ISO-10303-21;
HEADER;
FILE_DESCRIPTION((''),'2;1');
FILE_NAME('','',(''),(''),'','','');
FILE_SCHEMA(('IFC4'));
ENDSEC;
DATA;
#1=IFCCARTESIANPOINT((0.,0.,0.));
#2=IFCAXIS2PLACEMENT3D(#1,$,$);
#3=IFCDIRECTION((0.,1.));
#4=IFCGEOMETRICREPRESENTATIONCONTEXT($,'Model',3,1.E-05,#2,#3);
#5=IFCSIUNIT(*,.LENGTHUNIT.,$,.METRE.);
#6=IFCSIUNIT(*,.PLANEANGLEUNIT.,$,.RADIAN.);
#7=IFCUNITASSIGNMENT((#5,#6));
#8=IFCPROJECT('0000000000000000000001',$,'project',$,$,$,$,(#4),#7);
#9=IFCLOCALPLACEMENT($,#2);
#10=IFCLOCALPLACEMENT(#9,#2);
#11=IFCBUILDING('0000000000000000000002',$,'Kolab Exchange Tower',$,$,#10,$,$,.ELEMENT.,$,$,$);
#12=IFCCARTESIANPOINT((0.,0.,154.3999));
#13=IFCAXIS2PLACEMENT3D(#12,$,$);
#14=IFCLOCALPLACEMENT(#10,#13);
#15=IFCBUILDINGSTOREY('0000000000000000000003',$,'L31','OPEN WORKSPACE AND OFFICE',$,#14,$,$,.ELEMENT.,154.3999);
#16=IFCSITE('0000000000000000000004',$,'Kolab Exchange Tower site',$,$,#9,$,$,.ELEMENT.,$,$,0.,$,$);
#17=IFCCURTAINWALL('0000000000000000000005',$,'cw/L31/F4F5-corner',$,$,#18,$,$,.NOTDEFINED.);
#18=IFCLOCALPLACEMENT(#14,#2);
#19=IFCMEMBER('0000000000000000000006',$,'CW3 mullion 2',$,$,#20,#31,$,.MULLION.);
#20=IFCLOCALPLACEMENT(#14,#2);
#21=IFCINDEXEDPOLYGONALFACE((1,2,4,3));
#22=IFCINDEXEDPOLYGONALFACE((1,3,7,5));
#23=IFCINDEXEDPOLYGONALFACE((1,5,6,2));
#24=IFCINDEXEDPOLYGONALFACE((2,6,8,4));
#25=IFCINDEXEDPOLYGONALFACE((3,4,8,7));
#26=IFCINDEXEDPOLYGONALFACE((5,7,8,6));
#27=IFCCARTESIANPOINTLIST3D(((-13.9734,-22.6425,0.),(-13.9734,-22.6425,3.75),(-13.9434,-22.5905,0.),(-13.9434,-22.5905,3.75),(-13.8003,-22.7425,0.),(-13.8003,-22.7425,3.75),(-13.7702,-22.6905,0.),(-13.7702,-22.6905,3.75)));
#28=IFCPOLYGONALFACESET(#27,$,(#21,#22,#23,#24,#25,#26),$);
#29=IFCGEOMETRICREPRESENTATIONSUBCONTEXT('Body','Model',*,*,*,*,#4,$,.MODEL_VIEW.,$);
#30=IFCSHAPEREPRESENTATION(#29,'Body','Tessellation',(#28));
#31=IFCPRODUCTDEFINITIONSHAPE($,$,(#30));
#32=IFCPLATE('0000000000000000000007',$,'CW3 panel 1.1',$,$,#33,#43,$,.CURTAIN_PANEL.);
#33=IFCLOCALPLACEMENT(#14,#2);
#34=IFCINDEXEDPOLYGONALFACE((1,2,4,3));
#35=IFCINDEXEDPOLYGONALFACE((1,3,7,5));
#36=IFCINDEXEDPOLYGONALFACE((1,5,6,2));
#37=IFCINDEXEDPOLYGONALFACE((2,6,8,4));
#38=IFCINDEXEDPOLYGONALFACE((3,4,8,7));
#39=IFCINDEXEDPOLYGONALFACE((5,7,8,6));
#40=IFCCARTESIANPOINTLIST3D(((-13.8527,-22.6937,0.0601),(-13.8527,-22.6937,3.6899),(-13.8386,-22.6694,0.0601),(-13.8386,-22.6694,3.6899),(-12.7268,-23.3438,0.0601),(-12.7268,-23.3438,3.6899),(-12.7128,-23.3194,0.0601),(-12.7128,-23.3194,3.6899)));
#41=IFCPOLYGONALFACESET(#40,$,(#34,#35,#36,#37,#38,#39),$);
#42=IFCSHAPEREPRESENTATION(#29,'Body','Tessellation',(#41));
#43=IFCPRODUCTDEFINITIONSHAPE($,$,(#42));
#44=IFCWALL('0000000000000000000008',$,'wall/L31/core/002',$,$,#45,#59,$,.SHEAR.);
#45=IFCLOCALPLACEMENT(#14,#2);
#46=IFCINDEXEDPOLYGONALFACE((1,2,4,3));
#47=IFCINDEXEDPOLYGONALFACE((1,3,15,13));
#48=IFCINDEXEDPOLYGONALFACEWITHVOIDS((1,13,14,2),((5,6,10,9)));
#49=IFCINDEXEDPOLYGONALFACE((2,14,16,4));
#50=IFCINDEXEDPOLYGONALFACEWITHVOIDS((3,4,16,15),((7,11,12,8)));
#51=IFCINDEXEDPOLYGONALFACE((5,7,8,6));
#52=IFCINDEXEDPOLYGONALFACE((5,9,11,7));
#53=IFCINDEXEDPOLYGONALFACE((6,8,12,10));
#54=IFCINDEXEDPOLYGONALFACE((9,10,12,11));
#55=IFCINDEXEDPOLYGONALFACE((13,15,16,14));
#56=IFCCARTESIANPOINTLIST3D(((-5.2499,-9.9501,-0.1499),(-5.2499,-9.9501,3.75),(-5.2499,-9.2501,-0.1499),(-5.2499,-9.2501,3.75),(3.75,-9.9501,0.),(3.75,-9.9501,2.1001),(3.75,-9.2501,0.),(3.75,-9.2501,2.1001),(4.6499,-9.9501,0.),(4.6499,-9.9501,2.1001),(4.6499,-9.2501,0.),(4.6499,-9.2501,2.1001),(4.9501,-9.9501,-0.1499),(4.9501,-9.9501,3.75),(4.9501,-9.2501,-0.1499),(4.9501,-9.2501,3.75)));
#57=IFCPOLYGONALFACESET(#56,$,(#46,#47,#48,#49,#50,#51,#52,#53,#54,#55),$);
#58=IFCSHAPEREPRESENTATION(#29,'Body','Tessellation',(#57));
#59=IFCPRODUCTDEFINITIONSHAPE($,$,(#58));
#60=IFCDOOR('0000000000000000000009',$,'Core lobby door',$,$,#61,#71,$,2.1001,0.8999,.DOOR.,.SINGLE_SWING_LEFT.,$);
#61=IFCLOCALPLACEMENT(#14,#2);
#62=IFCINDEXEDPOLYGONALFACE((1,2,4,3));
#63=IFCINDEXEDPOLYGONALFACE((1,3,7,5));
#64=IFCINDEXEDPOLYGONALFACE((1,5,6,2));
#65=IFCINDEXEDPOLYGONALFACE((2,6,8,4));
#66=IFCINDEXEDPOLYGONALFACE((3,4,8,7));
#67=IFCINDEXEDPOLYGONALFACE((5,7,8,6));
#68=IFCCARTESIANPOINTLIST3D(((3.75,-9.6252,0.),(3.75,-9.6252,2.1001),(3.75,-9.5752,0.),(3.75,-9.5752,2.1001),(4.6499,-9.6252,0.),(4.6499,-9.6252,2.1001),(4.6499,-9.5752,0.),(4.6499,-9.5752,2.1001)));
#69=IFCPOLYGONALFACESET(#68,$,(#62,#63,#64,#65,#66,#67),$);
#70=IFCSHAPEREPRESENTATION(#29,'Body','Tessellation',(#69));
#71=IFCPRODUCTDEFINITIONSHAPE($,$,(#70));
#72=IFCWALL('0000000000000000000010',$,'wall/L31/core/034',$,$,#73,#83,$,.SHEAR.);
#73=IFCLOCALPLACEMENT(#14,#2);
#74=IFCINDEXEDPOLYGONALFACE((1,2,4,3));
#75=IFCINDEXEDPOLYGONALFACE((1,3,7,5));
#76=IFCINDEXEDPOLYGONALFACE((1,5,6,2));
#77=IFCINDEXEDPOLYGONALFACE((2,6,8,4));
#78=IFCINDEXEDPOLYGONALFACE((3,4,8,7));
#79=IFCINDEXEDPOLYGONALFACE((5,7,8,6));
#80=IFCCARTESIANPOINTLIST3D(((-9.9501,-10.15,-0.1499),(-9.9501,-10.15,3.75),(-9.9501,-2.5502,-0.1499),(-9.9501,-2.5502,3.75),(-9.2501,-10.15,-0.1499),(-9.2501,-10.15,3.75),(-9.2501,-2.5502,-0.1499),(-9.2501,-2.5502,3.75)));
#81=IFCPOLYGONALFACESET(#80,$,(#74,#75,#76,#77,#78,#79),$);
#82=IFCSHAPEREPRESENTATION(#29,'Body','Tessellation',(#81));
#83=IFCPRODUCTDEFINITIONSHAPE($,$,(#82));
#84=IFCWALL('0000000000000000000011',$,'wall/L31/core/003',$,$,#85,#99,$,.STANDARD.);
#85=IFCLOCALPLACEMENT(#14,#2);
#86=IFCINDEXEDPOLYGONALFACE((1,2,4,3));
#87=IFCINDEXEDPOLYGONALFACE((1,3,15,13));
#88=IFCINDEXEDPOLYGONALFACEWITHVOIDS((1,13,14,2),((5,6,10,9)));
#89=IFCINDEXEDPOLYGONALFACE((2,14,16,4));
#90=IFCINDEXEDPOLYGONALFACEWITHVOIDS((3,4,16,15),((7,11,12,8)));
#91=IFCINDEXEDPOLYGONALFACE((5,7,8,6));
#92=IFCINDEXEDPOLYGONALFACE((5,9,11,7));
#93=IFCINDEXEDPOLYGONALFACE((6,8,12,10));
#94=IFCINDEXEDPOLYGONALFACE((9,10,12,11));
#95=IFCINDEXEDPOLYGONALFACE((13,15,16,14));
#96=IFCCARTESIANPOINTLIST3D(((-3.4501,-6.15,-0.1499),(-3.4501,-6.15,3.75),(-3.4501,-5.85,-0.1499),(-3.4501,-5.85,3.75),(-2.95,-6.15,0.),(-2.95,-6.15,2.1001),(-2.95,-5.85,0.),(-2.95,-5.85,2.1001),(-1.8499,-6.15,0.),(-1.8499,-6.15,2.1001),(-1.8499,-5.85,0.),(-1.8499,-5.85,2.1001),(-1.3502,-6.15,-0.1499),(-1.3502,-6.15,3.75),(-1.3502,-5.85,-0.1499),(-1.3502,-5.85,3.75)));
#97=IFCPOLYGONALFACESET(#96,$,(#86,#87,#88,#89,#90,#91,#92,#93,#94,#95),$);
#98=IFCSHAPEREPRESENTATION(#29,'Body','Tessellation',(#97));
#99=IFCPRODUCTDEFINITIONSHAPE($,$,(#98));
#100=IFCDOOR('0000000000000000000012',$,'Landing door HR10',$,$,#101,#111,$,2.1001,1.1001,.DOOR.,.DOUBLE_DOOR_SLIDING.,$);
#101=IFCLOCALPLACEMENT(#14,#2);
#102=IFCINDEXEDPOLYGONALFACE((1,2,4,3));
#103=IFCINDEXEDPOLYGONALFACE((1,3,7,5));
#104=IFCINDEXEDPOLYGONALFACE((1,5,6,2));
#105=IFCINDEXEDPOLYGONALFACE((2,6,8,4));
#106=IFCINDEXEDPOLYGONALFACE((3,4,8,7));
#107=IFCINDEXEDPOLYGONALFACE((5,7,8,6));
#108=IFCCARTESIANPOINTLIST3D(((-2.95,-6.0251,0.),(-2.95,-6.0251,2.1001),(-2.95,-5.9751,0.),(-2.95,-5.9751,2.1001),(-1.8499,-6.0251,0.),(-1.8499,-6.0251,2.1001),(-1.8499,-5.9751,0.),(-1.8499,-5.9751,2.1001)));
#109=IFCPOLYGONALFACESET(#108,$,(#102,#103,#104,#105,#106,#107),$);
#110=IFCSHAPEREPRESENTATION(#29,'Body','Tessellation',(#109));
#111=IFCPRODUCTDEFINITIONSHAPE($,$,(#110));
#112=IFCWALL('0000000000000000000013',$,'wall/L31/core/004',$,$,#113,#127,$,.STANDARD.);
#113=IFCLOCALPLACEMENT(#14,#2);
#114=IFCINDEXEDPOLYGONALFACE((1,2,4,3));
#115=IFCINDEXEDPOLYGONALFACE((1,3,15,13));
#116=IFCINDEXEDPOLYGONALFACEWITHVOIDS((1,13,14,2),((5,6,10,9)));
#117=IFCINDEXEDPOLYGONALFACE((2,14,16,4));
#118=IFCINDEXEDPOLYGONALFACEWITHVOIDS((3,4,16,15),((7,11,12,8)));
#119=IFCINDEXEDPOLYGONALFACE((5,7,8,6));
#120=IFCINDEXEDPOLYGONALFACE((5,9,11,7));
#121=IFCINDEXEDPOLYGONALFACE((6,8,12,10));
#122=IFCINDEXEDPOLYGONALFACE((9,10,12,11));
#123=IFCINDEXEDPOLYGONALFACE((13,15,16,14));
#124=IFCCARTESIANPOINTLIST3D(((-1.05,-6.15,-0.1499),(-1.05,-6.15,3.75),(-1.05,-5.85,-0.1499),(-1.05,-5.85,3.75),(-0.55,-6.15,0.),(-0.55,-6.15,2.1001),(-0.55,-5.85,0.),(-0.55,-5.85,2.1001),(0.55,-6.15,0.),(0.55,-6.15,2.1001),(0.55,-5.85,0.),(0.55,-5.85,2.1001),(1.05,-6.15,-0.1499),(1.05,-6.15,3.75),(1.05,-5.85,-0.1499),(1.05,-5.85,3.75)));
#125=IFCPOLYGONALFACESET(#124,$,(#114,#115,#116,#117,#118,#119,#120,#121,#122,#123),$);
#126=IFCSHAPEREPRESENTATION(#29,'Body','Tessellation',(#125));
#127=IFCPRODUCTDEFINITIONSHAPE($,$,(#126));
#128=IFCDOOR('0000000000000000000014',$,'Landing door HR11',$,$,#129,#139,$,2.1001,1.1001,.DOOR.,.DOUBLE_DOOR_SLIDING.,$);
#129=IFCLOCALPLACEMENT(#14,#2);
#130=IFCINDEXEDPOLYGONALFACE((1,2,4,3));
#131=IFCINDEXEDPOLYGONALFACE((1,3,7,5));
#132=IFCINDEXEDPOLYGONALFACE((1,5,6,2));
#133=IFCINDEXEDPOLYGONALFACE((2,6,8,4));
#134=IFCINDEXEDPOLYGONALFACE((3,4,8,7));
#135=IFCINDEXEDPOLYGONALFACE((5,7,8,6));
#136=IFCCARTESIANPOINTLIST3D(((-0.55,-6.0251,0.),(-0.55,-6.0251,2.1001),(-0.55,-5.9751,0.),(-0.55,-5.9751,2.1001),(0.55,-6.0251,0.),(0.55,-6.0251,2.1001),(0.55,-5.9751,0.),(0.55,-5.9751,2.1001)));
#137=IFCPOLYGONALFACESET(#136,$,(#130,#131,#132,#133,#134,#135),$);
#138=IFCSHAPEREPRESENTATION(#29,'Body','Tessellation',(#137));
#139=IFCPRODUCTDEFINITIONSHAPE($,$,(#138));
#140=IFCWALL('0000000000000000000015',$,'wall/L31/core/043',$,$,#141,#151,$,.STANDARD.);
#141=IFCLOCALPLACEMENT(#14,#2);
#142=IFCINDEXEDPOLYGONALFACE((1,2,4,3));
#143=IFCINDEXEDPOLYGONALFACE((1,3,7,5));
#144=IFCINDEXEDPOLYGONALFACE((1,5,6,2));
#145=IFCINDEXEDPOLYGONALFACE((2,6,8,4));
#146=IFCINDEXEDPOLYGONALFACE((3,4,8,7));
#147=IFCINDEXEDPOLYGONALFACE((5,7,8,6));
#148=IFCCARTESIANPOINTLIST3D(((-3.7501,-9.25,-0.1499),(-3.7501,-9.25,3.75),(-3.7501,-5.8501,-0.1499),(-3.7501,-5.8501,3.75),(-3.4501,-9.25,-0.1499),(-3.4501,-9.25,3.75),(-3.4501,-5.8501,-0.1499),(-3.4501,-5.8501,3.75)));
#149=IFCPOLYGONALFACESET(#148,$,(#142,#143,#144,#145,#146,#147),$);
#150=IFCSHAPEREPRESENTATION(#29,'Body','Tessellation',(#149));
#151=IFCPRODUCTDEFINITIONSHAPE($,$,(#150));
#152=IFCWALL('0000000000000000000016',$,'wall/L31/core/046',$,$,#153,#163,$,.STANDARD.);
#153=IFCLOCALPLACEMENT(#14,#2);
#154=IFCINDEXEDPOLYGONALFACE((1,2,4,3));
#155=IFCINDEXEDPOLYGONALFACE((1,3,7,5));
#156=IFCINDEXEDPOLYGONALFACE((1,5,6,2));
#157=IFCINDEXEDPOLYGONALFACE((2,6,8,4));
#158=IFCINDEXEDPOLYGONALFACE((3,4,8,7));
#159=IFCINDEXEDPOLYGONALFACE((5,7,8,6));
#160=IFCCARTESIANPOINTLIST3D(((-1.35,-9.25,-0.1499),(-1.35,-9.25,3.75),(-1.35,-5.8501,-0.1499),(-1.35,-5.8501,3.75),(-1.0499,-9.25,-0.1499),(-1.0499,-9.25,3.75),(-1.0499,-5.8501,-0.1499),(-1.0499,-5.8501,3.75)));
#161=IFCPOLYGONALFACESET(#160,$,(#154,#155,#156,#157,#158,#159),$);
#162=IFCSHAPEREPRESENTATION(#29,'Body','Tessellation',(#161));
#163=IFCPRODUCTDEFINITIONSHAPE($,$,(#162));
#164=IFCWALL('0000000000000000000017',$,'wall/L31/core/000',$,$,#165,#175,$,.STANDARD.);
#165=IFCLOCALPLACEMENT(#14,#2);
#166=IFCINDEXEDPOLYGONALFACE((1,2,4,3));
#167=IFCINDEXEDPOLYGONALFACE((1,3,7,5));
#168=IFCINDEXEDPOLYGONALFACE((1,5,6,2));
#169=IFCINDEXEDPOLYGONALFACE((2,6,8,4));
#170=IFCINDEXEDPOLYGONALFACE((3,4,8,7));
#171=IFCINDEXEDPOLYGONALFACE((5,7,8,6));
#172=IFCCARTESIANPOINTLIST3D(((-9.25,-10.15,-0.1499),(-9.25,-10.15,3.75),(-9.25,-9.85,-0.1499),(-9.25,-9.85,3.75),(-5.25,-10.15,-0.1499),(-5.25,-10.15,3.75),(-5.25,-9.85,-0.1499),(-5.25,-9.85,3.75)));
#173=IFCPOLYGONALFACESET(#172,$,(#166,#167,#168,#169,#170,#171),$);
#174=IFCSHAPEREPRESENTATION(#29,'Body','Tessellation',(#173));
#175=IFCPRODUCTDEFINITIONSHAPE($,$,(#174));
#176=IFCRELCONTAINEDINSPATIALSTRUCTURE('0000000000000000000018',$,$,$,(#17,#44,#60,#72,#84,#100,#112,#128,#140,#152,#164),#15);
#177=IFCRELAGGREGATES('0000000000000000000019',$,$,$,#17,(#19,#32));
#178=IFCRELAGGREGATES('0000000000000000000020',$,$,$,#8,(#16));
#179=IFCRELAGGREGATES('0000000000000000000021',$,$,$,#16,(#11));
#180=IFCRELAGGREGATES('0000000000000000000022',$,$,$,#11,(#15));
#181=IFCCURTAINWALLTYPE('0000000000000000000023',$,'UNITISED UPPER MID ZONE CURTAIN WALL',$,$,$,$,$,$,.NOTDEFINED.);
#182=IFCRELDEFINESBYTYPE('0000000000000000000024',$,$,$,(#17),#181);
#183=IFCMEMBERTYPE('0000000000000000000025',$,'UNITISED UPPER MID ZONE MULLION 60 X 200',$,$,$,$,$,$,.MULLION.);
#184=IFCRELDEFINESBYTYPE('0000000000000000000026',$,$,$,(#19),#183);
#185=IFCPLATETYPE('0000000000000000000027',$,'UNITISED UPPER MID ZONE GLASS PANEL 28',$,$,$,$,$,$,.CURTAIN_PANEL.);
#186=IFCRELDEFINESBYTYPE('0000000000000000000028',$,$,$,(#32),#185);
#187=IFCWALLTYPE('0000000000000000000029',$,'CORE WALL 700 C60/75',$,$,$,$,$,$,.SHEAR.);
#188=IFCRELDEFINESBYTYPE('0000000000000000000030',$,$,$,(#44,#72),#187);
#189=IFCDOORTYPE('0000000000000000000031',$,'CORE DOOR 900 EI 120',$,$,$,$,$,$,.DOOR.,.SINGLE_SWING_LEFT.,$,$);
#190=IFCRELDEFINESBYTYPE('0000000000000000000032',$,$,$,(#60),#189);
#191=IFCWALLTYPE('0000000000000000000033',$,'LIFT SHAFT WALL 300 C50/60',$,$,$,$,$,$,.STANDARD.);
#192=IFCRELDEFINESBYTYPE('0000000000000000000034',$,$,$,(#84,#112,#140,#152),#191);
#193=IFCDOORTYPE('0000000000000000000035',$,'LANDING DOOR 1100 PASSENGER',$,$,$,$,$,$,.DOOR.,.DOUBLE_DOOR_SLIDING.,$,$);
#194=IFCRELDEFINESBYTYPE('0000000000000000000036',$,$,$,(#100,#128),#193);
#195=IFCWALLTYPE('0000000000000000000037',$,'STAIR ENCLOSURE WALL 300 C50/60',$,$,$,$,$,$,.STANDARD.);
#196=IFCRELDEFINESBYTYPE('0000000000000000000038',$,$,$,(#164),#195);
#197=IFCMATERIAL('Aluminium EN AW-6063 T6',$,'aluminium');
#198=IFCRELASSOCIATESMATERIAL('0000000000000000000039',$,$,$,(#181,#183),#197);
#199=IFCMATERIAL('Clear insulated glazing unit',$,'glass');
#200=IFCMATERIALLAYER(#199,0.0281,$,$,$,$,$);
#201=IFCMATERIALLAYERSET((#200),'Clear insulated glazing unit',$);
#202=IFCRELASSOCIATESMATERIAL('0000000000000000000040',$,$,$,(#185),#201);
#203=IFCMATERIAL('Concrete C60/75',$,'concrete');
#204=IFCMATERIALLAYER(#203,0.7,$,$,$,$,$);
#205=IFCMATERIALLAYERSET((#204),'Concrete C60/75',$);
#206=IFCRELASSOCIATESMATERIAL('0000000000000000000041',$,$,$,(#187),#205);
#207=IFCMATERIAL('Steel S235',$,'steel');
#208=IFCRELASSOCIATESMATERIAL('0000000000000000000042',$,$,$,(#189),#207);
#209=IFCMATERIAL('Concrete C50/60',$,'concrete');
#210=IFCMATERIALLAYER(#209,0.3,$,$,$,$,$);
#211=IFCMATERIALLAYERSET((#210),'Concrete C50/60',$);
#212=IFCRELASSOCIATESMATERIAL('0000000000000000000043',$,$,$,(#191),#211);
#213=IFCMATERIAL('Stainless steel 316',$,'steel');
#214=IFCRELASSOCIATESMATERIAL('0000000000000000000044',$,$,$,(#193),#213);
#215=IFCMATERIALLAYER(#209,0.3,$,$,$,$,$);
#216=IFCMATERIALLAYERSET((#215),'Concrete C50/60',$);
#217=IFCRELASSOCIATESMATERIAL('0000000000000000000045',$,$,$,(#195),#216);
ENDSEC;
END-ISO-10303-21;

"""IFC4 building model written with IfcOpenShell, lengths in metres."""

from ifc_helpers import new_model, si_unit, direction, frame, frame_2d, origin, origin_2d, place, context, subcontext, project, spatial, rectangle, extrude, material, layer, layer_set, material_profile, profile_set, type_object, element, fill, aggregate, save


model = new_model("IFC4")

# Units and contexts
model_context = context("Model", 3, precision=1e-05, world=origin(), true_north=direction((0.0, 1.0)))
body_context = subcontext(model_context, "Body", "Model", "MODEL_VIEW")
ifc_project = project(units=[si_unit("LENGTHUNIT", "METRE"), si_unit("PLANEANGLEUNIT", "RADIAN")], contexts=[model_context])

# Site, building, storey
site_placement = place(None, origin())
site = spatial("IfcSite", under=ifc_project, at=site_placement, Name="Kolab Exchange Tower site", CompositionType="ELEMENT", RefElevation=0.0)
building_placement = place(site_placement, origin())
building = spatial("IfcBuilding", under=site, at=building_placement, Name="Kolab Exchange Tower", CompositionType="ELEMENT")
storey_placement = place(building_placement, frame((0.0, 0.0, 154.3999)))
storey = spatial("IfcBuildingStorey", under=building, at=storey_placement, Name="L31", Description="OPEN WORKSPACE AND OFFICE", CompositionType="ELEMENT", Elevation=154.3999)

# Curtain wall, member, plate
ifc_material_1 = material(Name="Aluminium EN AW-6063 T6", Category="aluminium")
curtain_wall_type = type_object("IfcCurtainWallType", Name="UNITISED UPPER MID ZONE CURTAIN WALL", PredefinedType="NOTDEFINED", material=ifc_material_1)
curtain_wall_placement = place(storey_placement, origin())
curtain_wall = element("IfcCurtainWall", 1, at=curtain_wall_placement, inside=storey, type_object=curtain_wall_type, Name="cw/L31/F4F5-corner", PredefinedType="NOTDEFINED")
ifc_material_profile = material_profile(ifc_material_1, rectangle(XDim=0.0601, YDim=0.2, at=origin_2d()), Name="RECT 60X200")
ifc_profile_set = profile_set([ifc_material_profile], Name="Aluminium EN AW-6063 T6")
member_type = type_object("IfcMemberType", Name="UNITISED UPPER MID ZONE MULLION 60 X 200", PredefinedType="MULLION", material=ifc_profile_set)
member_placement = place(storey_placement, frame((-13.8718, -22.6665, 0.0), z_axis=(0.0, 0.0, 1.0), x_axis=(-0.5, -0.866025, 0.0)))
member = element("IfcMember", 2, at=member_placement, type_object=member_type, Name="CW3 mullion 2", PredefinedType="MULLION", context=body_context, shape_type="SweptSolid", body=[
    extrude(rectangle(XDim=0.0601, YDim=0.2, at=origin_2d()), origin(), (0.0, 0.0, 1.0), 3.75),
])
ifc_material_2 = material(Name="Clear insulated glazing unit", Category="glass")
ifc_layer_1 = layer(ifc_material_2, 0.0281)
ifc_layer_set_1 = layer_set([ifc_layer_1], Name="Clear insulated glazing unit")
plate_type = type_object("IfcPlateType", Name="UNITISED UPPER MID ZONE GLASS PANEL 28", PredefinedType="CURTAIN_PANEL", material=ifc_layer_set_1)
plate_placement = place(storey_placement, frame((-13.2827, -23.0066, 0.0601), z_axis=(0.0, 0.0, 1.0), x_axis=(-0.866025, 0.5, 0.0)))
plate = element("IfcPlate", 3, at=plate_placement, type_object=plate_type, Name="CW3 panel 1.1", PredefinedType="CURTAIN_PANEL", context=body_context, shape_type="SweptSolid", body=[
    extrude(rectangle(XDim=1.3, YDim=0.0281, at=origin_2d()), origin(), (0.0, 0.0, 1.0), 3.6299),
])
aggregate(curtain_wall, [member, plate])

# Wall, opening, door
ifc_material_3 = material(Name="Concrete C60/75", Category="concrete")
ifc_layer_2 = layer(ifc_material_3, 0.7)
ifc_layer_set_2 = layer_set([ifc_layer_2], Name="Concrete C60/75")
wall_type_1 = type_object("IfcWallType", Name="CORE WALL 700 C60/75", PredefinedType="SHEAR", material=ifc_layer_set_2)
wall_1_placement = place(storey_placement, frame((-5.25, -9.6001, -0.1499), z_axis=(0.0, 0.0, 1.0), x_axis=(1.0, 0.0, 0.0)))
wall_1 = element("IfcWall", 4, at=wall_1_placement, inside=storey, type_object=wall_type_1, Name="wall/L31/core/002", PredefinedType="SHEAR", context=body_context, shape_type="SweptSolid", body=[
    extrude(rectangle(XDim=10.2, YDim=0.7, at=frame_2d((5.1001, 0.0))), origin(), (0.0, 0.0, 1.0), 3.8999),
])
opening_1_placement = place(wall_1_placement, frame((9.0, 0.0, 0.1499)))
opening_1 = element("IfcOpeningElement", 5, at=opening_1_placement, cuts=wall_1, PredefinedType="OPENING", context=body_context, shape_type="SweptSolid", body=[
    extrude(rectangle(XDim=0.8999, YDim=2.1001, at=frame_2d((0.45, 1.05))), frame((0.0, 0.3599, 0.0), z_axis=(0.0, -1.0, 0.0), x_axis=(1.0, 0.0, 0.0)), (0.0, 0.0, 1.0), 0.72),
])
ifc_material_4 = material(Name="Steel S235", Category="steel")
door_type_1 = type_object("IfcDoorType", Name="CORE DOOR 900 EI 120", OperationType="SINGLE_SWING_LEFT", PredefinedType="DOOR", material=ifc_material_4)
door_1_placement = place(opening_1_placement, origin())
door_1 = element("IfcDoor", 6, at=door_1_placement, inside=storey, type_object=door_type_1, Name="Core lobby door", OperationType="SINGLE_SWING_LEFT", OverallHeight=2.1001, OverallWidth=0.8999, PredefinedType="DOOR", context=body_context, shape_type="SweptSolid", body=[
    extrude(rectangle(XDim=0.8999, YDim=2.1001, at=frame_2d((0.45, 1.05))), frame((0.0, 0.0249, 0.0), z_axis=(0.0, -1.0, 0.0), x_axis=(1.0, 0.0, 0.0)), (0.0, 0.0, 1.0), 0.05),
])
fill(opening_1, door_1)

# Wall
wall_2_placement = place(storey_placement, frame((-9.6001, -10.1499, -0.1499), z_axis=(0.0, 0.0, 1.0), x_axis=(0.0, 1.0, 0.0)))
element("IfcWall", 7, at=wall_2_placement, inside=storey, type_object=wall_type_1, Name="wall/L31/core/034", PredefinedType="SHEAR", context=body_context, shape_type="SweptSolid", body=[
    extrude(rectangle(XDim=7.5999, YDim=0.7, at=frame_2d((3.7998, 0.0))), origin(), (0.0, 0.0, 1.0), 3.8999),
])

# Walls, openings, doors
ifc_material_5 = material(Name="Concrete C50/60", Category="concrete")
ifc_layer_3 = layer(ifc_material_5, 0.3)
ifc_layer_set_3 = layer_set([ifc_layer_3], Name="Concrete C50/60")
wall_type_2 = type_object("IfcWallType", Name="LIFT SHAFT WALL 300 C50/60", PredefinedType="STANDARD", material=ifc_layer_set_3)
wall_3_placement = place(storey_placement, frame((-3.45, -6.0, -0.1499), z_axis=(0.0, 0.0, 1.0), x_axis=(1.0, 0.0, 0.0)))
wall_3 = element("IfcWall", 8, at=wall_3_placement, inside=storey, type_object=wall_type_2, Name="wall/L31/core/003", PredefinedType="STANDARD", context=body_context, shape_type="SweptSolid", body=[
    extrude(rectangle(XDim=2.0999, YDim=0.3, at=frame_2d((1.0498, 0.0))), origin(), (0.0, 0.0, 1.0), 3.8999),
])
opening_2_placement = place(wall_3_placement, frame((0.5, 0.0, 0.1499)))
opening_2 = element("IfcOpeningElement", 9, at=opening_2_placement, cuts=wall_3, PredefinedType="OPENING", context=body_context, shape_type="SweptSolid", body=[
    extrude(rectangle(XDim=1.1001, YDim=2.1001, at=frame_2d((0.55, 1.05))), frame((0.0, 0.1602, 0.0), z_axis=(0.0, -1.0, 0.0), x_axis=(1.0, 0.0, 0.0)), (0.0, 0.0, 1.0), 0.3201),
])
ifc_material_6 = material(Name="Stainless steel 316", Category="steel")
door_type_2 = type_object("IfcDoorType", Name="LANDING DOOR 1100 PASSENGER", OperationType="DOUBLE_DOOR_SLIDING", PredefinedType="DOOR", material=ifc_material_6)
door_2_placement = place(opening_2_placement, origin())
door_2 = element("IfcDoor", 10, at=door_2_placement, inside=storey, type_object=door_type_2, Name="Landing door HR10", OperationType="DOUBLE_DOOR_SLIDING", OverallHeight=2.1001, OverallWidth=1.1001, PredefinedType="DOOR", context=body_context, shape_type="SweptSolid", body=[
    extrude(rectangle(XDim=1.1001, YDim=2.1001, at=frame_2d((0.55, 1.05))), frame((0.0, 0.0249, 0.0), z_axis=(0.0, -1.0, 0.0), x_axis=(1.0, 0.0, 0.0)), (0.0, 0.0, 1.0), 0.05),
])
fill(opening_2, door_2)
wall_4_placement = place(storey_placement, frame((-1.05, -6.0, -0.1499), z_axis=(0.0, 0.0, 1.0), x_axis=(1.0, 0.0, 0.0)))
wall_4 = element("IfcWall", 11, at=wall_4_placement, inside=storey, type_object=wall_type_2, Name="wall/L31/core/004", PredefinedType="STANDARD", context=body_context, shape_type="SweptSolid", body=[
    extrude(rectangle(XDim=2.1001, YDim=0.3, at=frame_2d((1.05, 0.0))), origin(), (0.0, 0.0, 1.0), 3.8999),
])
opening_3_placement = place(wall_4_placement, frame((0.5, 0.0, 0.1499)))
opening_3 = element("IfcOpeningElement", 12, at=opening_3_placement, cuts=wall_4, PredefinedType="OPENING", context=body_context, shape_type="SweptSolid", body=[
    extrude(rectangle(XDim=1.1001, YDim=2.1001, at=frame_2d((0.55, 1.05))), frame((0.0, 0.1602, 0.0), z_axis=(0.0, -1.0, 0.0), x_axis=(1.0, 0.0, 0.0)), (0.0, 0.0, 1.0), 0.3201),
])
door_3_placement = place(opening_3_placement, origin())
door_3 = element("IfcDoor", 13, at=door_3_placement, inside=storey, type_object=door_type_2, Name="Landing door HR11", OperationType="DOUBLE_DOOR_SLIDING", OverallHeight=2.1001, OverallWidth=1.1001, PredefinedType="DOOR", context=body_context, shape_type="SweptSolid", body=[
    extrude(rectangle(XDim=1.1001, YDim=2.1001, at=frame_2d((0.55, 1.05))), frame((0.0, 0.0249, 0.0), z_axis=(0.0, -1.0, 0.0), x_axis=(1.0, 0.0, 0.0)), (0.0, 0.0, 1.0), 0.05),
])
fill(opening_3, door_3)

# Walls
for number, where, z_axis, x_axis, name in (
    (14, (-3.6001, -9.25, -0.1499), (0.0, 0.0, 1.0), (0.0, 1.0, 0.0), "wall/L31/core/043"),
    (15, (-1.2, -9.25, -0.1499), (0.0, 0.0, 1.0), (0.0, 1.0, 0.0), "wall/L31/core/046"),
):
    element("IfcWall", number, at=place(storey_placement, frame(where, z_axis=z_axis, x_axis=x_axis)), inside=storey, type_object=wall_type_2, Name=name, PredefinedType="STANDARD", context=body_context, shape_type="SweptSolid", body=[
        extrude(rectangle(XDim=3.3999, YDim=0.3, at=frame_2d((1.7, 0.0))), origin(), (0.0, 0.0, 1.0), 3.8999),
    ])
ifc_layer_4 = layer(ifc_material_5, 0.3)
ifc_layer_set_4 = layer_set([ifc_layer_4], Name="Concrete C50/60")
wall_type_3 = type_object("IfcWallType", Name="STAIR ENCLOSURE WALL 300 C50/60", PredefinedType="STANDARD", material=ifc_layer_set_4)
wall_5_placement = place(storey_placement, frame((-9.25, -10.0, -0.1499), z_axis=(0.0, 0.0, 1.0), x_axis=(1.0, 0.0, 0.0)))
element("IfcWall", 16, at=wall_5_placement, inside=storey, type_object=wall_type_3, Name="wall/L31/core/000", PredefinedType="STANDARD", context=body_context, shape_type="SweptSolid", body=[
    extrude(rectangle(XDim=4.0, YDim=0.3, at=frame_2d((2.0, 0.0))), origin(), (0.0, 0.0, 1.0), 3.8999),
])

save(model, "model.ifc")
